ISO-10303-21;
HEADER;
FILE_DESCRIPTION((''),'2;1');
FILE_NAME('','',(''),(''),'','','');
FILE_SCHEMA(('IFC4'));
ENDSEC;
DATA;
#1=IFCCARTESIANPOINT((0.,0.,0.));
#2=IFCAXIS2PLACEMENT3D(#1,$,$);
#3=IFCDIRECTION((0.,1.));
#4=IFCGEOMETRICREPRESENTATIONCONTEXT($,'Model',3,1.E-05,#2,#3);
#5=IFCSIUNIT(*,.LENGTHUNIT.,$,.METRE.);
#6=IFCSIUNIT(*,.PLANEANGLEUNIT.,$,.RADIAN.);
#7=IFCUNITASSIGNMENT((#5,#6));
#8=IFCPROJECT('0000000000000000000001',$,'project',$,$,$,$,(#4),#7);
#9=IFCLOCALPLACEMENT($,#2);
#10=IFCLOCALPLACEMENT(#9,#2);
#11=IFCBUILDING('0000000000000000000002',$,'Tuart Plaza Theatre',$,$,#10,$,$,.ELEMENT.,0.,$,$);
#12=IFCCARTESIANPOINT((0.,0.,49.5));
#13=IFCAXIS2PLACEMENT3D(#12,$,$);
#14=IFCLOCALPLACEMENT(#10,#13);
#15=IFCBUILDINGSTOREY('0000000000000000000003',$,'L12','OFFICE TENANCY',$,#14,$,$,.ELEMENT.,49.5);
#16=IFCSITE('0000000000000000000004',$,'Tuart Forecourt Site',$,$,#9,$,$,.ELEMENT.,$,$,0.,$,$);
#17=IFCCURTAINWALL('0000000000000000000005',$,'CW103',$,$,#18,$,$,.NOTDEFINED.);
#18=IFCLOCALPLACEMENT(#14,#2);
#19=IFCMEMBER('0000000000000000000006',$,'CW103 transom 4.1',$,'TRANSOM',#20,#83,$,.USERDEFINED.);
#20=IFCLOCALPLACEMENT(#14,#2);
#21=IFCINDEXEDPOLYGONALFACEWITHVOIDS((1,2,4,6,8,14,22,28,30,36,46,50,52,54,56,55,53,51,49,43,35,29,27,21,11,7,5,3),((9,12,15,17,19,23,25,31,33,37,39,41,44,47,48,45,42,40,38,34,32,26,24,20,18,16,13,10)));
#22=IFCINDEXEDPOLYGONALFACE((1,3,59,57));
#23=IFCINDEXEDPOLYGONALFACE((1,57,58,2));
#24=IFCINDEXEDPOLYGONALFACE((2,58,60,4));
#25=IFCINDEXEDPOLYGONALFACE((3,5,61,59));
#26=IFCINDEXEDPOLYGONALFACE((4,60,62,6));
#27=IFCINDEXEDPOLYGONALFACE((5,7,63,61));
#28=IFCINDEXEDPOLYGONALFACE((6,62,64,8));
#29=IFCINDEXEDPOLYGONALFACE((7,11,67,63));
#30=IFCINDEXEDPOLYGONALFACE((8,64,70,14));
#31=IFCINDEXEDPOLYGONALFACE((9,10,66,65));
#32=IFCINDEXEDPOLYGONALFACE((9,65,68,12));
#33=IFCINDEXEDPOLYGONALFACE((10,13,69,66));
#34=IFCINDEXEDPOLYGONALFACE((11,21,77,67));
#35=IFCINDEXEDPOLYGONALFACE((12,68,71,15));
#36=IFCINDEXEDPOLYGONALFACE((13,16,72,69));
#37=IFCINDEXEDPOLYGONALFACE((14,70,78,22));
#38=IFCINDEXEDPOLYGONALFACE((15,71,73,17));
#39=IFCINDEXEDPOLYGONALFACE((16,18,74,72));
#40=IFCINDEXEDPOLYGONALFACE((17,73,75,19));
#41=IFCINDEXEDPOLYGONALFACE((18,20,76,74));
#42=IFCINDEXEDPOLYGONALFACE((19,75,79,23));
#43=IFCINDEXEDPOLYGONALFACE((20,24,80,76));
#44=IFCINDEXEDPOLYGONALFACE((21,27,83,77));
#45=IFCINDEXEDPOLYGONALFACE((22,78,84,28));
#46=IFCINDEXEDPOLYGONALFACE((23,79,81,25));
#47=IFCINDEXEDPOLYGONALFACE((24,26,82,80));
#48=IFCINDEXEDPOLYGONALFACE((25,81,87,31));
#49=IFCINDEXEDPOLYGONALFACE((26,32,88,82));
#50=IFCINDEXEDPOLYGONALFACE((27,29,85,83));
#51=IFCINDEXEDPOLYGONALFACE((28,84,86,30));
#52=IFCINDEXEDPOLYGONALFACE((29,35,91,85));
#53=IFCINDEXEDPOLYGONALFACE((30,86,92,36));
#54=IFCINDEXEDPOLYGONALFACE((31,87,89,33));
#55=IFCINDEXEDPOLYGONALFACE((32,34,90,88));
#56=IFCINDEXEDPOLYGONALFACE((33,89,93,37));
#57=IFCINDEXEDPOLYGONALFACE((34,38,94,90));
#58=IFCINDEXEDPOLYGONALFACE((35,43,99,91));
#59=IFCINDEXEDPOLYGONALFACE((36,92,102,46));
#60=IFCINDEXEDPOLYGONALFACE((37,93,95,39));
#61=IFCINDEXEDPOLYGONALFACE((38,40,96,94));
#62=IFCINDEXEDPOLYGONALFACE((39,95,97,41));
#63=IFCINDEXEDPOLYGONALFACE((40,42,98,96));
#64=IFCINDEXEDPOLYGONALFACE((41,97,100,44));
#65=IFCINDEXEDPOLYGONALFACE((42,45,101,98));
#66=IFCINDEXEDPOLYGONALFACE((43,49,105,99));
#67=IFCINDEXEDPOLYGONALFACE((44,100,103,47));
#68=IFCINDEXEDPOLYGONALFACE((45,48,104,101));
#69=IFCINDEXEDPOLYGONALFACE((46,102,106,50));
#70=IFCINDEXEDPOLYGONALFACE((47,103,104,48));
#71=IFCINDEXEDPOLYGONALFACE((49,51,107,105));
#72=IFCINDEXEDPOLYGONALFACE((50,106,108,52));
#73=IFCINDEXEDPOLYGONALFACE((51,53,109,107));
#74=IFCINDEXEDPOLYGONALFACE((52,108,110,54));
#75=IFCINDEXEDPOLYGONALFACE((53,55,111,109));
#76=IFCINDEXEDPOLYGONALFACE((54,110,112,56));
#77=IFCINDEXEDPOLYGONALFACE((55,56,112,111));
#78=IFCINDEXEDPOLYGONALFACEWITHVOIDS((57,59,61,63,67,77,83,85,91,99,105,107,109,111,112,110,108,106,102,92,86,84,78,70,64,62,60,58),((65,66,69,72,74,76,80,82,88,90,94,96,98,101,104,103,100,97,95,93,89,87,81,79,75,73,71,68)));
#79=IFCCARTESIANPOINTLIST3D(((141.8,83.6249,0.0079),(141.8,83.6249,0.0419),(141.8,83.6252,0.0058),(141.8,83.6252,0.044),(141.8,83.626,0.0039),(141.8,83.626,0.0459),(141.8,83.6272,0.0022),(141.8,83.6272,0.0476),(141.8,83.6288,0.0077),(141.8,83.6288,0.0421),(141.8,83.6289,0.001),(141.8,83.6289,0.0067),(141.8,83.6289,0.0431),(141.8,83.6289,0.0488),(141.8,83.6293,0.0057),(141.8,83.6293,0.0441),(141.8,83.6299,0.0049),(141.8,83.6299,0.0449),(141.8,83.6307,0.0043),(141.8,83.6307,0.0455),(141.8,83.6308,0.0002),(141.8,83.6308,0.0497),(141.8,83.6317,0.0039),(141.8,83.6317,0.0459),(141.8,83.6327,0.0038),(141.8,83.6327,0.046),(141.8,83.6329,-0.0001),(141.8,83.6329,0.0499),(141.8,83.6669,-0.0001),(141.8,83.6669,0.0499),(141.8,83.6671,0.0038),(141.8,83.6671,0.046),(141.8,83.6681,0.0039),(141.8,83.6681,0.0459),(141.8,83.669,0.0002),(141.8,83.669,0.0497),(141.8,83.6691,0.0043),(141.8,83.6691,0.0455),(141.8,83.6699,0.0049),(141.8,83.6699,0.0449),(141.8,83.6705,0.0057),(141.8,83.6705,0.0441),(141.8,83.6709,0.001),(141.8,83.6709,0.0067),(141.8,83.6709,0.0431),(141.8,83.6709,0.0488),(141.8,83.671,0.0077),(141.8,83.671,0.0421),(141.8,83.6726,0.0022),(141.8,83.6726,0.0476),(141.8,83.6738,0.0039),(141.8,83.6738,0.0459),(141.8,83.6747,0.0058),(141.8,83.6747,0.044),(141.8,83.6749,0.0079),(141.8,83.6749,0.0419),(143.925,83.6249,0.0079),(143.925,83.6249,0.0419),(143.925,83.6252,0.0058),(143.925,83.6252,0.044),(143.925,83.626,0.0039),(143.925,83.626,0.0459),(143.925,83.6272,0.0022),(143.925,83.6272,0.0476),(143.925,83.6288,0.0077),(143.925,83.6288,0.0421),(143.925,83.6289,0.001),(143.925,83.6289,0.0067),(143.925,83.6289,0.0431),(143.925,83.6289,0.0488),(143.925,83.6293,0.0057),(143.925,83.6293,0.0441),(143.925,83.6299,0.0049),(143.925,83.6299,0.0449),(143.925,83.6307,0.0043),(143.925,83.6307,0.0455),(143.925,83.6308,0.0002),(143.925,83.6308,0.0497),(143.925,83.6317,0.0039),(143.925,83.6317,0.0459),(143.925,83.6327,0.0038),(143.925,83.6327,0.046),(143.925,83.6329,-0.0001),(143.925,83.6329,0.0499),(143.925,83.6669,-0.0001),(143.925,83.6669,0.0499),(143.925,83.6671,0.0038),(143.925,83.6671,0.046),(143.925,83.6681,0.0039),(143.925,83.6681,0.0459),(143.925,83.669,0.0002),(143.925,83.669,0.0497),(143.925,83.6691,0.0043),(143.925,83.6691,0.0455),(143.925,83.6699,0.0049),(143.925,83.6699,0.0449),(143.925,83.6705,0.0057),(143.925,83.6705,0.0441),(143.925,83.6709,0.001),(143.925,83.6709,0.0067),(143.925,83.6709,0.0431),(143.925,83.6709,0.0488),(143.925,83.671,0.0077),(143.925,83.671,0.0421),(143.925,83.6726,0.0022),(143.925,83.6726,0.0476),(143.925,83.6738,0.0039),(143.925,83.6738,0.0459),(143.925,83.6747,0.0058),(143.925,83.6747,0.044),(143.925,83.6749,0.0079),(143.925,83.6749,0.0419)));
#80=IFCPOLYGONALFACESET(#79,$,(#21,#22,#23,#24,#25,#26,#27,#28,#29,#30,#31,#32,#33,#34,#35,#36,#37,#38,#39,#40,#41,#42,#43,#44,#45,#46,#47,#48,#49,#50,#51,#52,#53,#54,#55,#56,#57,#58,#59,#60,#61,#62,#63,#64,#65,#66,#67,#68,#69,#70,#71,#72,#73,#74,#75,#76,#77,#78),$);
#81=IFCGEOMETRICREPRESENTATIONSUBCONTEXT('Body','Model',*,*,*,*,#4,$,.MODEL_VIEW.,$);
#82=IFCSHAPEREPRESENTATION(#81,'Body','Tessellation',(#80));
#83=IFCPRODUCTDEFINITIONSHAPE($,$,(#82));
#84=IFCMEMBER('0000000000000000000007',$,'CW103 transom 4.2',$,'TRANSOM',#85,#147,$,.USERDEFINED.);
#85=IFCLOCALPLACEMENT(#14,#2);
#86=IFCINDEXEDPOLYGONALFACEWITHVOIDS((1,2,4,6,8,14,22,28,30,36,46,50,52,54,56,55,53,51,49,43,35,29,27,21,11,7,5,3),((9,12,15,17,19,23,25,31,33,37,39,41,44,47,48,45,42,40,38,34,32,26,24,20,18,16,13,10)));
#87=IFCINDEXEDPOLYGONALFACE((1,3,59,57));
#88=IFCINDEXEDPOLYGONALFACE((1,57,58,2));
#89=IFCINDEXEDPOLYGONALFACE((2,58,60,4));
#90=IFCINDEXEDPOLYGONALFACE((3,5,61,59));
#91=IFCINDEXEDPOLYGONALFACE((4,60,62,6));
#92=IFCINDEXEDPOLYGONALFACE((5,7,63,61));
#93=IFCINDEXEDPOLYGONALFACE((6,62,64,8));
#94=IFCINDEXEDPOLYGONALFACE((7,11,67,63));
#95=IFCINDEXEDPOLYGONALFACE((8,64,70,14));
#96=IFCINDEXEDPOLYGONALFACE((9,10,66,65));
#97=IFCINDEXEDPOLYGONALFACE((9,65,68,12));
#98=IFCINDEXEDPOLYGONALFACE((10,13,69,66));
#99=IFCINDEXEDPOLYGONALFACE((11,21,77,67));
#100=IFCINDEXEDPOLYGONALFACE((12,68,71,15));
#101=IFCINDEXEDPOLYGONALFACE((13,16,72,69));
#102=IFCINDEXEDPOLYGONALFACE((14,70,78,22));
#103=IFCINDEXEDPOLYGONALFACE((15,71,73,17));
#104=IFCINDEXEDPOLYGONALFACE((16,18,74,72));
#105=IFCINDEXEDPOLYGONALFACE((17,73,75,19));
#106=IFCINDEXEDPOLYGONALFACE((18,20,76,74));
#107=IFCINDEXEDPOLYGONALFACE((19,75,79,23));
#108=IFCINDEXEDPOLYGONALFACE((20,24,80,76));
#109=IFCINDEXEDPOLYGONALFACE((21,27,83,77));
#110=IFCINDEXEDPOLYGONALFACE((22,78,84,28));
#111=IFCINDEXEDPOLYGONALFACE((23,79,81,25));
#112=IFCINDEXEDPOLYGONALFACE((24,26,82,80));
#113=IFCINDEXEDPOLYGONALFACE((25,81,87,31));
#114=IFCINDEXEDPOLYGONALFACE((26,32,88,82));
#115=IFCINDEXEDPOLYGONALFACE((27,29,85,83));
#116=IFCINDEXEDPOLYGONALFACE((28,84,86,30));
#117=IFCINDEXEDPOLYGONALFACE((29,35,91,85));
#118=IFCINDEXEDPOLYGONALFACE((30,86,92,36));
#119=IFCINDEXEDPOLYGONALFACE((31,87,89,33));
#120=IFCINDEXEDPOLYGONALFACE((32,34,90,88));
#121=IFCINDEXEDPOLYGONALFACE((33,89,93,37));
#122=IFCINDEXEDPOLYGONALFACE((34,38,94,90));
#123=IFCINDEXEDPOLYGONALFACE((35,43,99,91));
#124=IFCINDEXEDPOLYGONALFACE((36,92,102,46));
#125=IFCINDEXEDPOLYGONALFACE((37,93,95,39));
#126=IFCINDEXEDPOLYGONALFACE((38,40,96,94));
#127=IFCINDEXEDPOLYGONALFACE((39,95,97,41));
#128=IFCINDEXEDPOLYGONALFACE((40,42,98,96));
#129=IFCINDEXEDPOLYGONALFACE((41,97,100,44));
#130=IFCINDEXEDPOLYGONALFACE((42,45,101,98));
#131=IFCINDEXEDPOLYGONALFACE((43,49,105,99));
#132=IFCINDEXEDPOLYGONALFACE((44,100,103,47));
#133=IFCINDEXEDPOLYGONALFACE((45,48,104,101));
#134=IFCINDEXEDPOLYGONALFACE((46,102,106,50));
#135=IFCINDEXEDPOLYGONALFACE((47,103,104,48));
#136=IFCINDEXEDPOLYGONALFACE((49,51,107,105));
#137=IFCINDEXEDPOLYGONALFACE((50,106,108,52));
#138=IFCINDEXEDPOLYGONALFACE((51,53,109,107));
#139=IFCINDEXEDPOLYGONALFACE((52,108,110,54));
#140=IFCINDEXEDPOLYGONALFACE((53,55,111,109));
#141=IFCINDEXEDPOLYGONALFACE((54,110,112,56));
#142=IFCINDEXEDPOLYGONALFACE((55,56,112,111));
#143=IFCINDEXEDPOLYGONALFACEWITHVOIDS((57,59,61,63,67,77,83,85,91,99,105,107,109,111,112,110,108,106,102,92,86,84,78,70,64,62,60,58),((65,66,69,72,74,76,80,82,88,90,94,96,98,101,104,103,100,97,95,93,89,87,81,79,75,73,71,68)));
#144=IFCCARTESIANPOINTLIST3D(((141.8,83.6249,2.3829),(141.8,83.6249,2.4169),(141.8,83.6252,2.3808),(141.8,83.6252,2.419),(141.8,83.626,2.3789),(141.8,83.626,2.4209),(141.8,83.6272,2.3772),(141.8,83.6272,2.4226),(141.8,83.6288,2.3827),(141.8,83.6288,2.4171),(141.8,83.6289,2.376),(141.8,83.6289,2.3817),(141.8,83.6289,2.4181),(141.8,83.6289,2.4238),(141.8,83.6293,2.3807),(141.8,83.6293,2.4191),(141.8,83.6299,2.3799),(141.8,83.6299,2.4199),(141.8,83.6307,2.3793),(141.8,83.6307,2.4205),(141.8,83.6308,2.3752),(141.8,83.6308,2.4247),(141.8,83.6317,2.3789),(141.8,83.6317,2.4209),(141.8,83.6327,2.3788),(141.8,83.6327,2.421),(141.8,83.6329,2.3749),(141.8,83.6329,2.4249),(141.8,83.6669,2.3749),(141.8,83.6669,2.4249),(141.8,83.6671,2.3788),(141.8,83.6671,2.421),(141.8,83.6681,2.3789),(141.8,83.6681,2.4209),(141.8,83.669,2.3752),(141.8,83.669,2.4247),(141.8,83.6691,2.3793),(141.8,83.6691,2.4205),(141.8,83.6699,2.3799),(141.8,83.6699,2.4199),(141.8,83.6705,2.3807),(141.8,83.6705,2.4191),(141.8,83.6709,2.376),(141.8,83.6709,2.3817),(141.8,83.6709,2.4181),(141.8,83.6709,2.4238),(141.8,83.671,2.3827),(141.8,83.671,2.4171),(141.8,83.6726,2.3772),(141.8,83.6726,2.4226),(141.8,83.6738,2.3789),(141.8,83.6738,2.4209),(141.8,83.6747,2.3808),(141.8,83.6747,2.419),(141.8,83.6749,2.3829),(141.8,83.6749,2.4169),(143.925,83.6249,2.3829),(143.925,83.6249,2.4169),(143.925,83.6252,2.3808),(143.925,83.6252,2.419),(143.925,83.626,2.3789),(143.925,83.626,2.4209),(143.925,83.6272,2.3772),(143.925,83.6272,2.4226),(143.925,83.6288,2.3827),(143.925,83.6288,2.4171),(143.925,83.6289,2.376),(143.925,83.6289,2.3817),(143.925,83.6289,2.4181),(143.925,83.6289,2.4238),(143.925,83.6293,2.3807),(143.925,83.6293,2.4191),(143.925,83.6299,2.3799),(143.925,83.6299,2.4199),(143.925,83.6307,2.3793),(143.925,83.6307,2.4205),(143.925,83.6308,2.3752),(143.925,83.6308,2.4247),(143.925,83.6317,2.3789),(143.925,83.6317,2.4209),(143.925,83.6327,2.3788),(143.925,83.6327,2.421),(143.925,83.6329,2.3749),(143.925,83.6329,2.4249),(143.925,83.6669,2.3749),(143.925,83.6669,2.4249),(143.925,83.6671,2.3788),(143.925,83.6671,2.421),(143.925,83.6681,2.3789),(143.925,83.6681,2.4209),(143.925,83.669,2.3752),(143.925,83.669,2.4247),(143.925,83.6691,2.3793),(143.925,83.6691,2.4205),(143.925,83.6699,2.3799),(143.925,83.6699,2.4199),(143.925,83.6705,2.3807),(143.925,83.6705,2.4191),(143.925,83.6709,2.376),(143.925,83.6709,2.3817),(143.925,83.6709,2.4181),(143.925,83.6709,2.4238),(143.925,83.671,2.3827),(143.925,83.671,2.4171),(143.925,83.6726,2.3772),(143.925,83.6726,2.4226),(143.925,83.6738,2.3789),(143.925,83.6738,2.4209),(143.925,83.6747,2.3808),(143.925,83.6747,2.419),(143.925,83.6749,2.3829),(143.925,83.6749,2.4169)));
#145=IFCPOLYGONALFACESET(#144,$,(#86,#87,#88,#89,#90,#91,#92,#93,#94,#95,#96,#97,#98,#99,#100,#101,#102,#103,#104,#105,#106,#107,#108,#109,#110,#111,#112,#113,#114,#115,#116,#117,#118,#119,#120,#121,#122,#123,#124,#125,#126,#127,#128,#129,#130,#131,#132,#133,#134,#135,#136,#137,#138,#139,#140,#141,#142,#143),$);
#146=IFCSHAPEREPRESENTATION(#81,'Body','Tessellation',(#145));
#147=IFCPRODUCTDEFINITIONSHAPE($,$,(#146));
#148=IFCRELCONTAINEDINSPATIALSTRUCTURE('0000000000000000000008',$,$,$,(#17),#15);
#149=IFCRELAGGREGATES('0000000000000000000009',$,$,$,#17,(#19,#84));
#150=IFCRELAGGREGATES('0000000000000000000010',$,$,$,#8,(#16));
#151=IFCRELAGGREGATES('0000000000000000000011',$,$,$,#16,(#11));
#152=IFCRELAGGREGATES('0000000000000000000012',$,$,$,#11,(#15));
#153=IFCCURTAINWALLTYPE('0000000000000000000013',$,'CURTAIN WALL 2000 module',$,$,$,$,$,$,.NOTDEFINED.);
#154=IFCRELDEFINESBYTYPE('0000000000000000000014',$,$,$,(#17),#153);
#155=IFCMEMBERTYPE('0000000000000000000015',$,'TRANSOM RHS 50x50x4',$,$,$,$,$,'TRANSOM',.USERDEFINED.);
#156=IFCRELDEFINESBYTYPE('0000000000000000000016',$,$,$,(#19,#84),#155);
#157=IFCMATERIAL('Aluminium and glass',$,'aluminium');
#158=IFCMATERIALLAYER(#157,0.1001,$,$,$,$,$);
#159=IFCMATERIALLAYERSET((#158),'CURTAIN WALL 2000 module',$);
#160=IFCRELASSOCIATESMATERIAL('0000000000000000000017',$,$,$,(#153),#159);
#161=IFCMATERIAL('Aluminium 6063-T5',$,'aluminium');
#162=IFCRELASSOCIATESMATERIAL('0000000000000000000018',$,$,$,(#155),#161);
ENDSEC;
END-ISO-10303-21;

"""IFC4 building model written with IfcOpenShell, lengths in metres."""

from ifc_helpers import new_model, si_unit, direction, frame, origin, origin_2d, place, context, subcontext, project, spatial, hollow_rectangle, extrude, material, layer, layer_set, material_profile, profile_set, type_object, element, aggregate, save


model = new_model("IFC4")

# Units and contexts
model_context = context("Model", 3, precision=1e-05, world=origin(), true_north=direction((0.0, 1.0)))
body_context = subcontext(model_context, "Body", "Model", "MODEL_VIEW")
ifc_project = project(units=[si_unit("LENGTHUNIT", "METRE"), si_unit("PLANEANGLEUNIT", "RADIAN")], contexts=[model_context])

# Site, building, storey
site_placement = place(None, origin())
site = spatial("IfcSite", under=ifc_project, at=site_placement, Name="Tuart Forecourt Site", CompositionType="ELEMENT", RefElevation=0.0)
building_placement = place(site_placement, origin())
building = spatial("IfcBuilding", under=site, at=building_placement, Name="Tuart Plaza Theatre", CompositionType="ELEMENT", ElevationOfRefHeight=0.0)
storey_placement = place(building_placement, frame((0.0, 0.0, 49.5)))
storey = spatial("IfcBuildingStorey", under=building, at=storey_placement, Name="L12", Description="OFFICE TENANCY", CompositionType="ELEMENT", Elevation=49.5)

# Curtain wall, members
ifc_material_1 = material(Name="Aluminium and glass", Category="aluminium")
ifc_layer_1 = layer(ifc_material_1, 0.1001)
ifc_layer_set_1 = layer_set([ifc_layer_1], Name="CURTAIN WALL 2000 module")
curtain_wall_type = type_object("IfcCurtainWallType", Name="CURTAIN WALL 2000 module", PredefinedType="NOTDEFINED", material=ifc_layer_set_1)
curtain_wall_1_placement = place(storey_placement, origin())
curtain_wall_1 = element("IfcCurtainWall", 1, at=curtain_wall_1_placement, inside=storey, type_object=curtain_wall_type, Name="CW103", PredefinedType="NOTDEFINED")
ifc_material_2 = material(Name="Aluminium 6063-T5", Category="aluminium")
ifc_material_profile_1 = material_profile(ifc_material_2, hollow_rectangle(XDim=0.05, YDim=0.05, WallThickness=0.0039, InnerFilletRadius=0.0039, OuterFilletRadius=0.0081, at=origin_2d()), Name="RHS 50x50x4")
ifc_profile_set_1 = profile_set([ifc_material_profile_1], Name="Aluminium 6063-T5")
member_type_1 = type_object("IfcMemberType", Name="TRANSOM RHS 50x50x4", ElementType="TRANSOM", PredefinedType="USERDEFINED", material=ifc_profile_set_1)
member_1_placement = place(storey_placement, frame((143.925, 83.6499, 0.0249), z_axis=(-1.0, 0.0, 0.0), x_axis=(0.0, -1.0, 0.0)))
member_1 = element("IfcMember", 2, at=member_1_placement, type_object=member_type_1, Name="CW103 transom 4.1", ObjectType="TRANSOM", PredefinedType="USERDEFINED", context=body_context, shape_type="SweptSolid", body=[
    extrude(hollow_rectangle(XDim=0.05, YDim=0.05, WallThickness=0.0039, InnerFilletRadius=0.0039, OuterFilletRadius=0.0081, at=origin_2d()), origin(), (0.0, 0.0, 1.0), 2.125),
])
member_2_placement = place(storey_placement, frame((143.925, 83.6499, 2.3999), z_axis=(-1.0, 0.0, 0.0), x_axis=(0.0, -1.0, 0.0)))
member_2 = element("IfcMember", 3, at=member_2_placement, type_object=member_type_1, Name="CW103 transom 4.2", ObjectType="TRANSOM", PredefinedType="USERDEFINED", context=body_context, shape_type="SweptSolid", body=[
    extrude(hollow_rectangle(XDim=0.05, YDim=0.05, WallThickness=0.0039, InnerFilletRadius=0.0039, OuterFilletRadius=0.0081, at=origin_2d()), origin(), (0.0, 0.0, 1.0), 2.125),
])

aggregate(curtain_wall_1, [member_1, member_2])

save(model, "model.ifc")
